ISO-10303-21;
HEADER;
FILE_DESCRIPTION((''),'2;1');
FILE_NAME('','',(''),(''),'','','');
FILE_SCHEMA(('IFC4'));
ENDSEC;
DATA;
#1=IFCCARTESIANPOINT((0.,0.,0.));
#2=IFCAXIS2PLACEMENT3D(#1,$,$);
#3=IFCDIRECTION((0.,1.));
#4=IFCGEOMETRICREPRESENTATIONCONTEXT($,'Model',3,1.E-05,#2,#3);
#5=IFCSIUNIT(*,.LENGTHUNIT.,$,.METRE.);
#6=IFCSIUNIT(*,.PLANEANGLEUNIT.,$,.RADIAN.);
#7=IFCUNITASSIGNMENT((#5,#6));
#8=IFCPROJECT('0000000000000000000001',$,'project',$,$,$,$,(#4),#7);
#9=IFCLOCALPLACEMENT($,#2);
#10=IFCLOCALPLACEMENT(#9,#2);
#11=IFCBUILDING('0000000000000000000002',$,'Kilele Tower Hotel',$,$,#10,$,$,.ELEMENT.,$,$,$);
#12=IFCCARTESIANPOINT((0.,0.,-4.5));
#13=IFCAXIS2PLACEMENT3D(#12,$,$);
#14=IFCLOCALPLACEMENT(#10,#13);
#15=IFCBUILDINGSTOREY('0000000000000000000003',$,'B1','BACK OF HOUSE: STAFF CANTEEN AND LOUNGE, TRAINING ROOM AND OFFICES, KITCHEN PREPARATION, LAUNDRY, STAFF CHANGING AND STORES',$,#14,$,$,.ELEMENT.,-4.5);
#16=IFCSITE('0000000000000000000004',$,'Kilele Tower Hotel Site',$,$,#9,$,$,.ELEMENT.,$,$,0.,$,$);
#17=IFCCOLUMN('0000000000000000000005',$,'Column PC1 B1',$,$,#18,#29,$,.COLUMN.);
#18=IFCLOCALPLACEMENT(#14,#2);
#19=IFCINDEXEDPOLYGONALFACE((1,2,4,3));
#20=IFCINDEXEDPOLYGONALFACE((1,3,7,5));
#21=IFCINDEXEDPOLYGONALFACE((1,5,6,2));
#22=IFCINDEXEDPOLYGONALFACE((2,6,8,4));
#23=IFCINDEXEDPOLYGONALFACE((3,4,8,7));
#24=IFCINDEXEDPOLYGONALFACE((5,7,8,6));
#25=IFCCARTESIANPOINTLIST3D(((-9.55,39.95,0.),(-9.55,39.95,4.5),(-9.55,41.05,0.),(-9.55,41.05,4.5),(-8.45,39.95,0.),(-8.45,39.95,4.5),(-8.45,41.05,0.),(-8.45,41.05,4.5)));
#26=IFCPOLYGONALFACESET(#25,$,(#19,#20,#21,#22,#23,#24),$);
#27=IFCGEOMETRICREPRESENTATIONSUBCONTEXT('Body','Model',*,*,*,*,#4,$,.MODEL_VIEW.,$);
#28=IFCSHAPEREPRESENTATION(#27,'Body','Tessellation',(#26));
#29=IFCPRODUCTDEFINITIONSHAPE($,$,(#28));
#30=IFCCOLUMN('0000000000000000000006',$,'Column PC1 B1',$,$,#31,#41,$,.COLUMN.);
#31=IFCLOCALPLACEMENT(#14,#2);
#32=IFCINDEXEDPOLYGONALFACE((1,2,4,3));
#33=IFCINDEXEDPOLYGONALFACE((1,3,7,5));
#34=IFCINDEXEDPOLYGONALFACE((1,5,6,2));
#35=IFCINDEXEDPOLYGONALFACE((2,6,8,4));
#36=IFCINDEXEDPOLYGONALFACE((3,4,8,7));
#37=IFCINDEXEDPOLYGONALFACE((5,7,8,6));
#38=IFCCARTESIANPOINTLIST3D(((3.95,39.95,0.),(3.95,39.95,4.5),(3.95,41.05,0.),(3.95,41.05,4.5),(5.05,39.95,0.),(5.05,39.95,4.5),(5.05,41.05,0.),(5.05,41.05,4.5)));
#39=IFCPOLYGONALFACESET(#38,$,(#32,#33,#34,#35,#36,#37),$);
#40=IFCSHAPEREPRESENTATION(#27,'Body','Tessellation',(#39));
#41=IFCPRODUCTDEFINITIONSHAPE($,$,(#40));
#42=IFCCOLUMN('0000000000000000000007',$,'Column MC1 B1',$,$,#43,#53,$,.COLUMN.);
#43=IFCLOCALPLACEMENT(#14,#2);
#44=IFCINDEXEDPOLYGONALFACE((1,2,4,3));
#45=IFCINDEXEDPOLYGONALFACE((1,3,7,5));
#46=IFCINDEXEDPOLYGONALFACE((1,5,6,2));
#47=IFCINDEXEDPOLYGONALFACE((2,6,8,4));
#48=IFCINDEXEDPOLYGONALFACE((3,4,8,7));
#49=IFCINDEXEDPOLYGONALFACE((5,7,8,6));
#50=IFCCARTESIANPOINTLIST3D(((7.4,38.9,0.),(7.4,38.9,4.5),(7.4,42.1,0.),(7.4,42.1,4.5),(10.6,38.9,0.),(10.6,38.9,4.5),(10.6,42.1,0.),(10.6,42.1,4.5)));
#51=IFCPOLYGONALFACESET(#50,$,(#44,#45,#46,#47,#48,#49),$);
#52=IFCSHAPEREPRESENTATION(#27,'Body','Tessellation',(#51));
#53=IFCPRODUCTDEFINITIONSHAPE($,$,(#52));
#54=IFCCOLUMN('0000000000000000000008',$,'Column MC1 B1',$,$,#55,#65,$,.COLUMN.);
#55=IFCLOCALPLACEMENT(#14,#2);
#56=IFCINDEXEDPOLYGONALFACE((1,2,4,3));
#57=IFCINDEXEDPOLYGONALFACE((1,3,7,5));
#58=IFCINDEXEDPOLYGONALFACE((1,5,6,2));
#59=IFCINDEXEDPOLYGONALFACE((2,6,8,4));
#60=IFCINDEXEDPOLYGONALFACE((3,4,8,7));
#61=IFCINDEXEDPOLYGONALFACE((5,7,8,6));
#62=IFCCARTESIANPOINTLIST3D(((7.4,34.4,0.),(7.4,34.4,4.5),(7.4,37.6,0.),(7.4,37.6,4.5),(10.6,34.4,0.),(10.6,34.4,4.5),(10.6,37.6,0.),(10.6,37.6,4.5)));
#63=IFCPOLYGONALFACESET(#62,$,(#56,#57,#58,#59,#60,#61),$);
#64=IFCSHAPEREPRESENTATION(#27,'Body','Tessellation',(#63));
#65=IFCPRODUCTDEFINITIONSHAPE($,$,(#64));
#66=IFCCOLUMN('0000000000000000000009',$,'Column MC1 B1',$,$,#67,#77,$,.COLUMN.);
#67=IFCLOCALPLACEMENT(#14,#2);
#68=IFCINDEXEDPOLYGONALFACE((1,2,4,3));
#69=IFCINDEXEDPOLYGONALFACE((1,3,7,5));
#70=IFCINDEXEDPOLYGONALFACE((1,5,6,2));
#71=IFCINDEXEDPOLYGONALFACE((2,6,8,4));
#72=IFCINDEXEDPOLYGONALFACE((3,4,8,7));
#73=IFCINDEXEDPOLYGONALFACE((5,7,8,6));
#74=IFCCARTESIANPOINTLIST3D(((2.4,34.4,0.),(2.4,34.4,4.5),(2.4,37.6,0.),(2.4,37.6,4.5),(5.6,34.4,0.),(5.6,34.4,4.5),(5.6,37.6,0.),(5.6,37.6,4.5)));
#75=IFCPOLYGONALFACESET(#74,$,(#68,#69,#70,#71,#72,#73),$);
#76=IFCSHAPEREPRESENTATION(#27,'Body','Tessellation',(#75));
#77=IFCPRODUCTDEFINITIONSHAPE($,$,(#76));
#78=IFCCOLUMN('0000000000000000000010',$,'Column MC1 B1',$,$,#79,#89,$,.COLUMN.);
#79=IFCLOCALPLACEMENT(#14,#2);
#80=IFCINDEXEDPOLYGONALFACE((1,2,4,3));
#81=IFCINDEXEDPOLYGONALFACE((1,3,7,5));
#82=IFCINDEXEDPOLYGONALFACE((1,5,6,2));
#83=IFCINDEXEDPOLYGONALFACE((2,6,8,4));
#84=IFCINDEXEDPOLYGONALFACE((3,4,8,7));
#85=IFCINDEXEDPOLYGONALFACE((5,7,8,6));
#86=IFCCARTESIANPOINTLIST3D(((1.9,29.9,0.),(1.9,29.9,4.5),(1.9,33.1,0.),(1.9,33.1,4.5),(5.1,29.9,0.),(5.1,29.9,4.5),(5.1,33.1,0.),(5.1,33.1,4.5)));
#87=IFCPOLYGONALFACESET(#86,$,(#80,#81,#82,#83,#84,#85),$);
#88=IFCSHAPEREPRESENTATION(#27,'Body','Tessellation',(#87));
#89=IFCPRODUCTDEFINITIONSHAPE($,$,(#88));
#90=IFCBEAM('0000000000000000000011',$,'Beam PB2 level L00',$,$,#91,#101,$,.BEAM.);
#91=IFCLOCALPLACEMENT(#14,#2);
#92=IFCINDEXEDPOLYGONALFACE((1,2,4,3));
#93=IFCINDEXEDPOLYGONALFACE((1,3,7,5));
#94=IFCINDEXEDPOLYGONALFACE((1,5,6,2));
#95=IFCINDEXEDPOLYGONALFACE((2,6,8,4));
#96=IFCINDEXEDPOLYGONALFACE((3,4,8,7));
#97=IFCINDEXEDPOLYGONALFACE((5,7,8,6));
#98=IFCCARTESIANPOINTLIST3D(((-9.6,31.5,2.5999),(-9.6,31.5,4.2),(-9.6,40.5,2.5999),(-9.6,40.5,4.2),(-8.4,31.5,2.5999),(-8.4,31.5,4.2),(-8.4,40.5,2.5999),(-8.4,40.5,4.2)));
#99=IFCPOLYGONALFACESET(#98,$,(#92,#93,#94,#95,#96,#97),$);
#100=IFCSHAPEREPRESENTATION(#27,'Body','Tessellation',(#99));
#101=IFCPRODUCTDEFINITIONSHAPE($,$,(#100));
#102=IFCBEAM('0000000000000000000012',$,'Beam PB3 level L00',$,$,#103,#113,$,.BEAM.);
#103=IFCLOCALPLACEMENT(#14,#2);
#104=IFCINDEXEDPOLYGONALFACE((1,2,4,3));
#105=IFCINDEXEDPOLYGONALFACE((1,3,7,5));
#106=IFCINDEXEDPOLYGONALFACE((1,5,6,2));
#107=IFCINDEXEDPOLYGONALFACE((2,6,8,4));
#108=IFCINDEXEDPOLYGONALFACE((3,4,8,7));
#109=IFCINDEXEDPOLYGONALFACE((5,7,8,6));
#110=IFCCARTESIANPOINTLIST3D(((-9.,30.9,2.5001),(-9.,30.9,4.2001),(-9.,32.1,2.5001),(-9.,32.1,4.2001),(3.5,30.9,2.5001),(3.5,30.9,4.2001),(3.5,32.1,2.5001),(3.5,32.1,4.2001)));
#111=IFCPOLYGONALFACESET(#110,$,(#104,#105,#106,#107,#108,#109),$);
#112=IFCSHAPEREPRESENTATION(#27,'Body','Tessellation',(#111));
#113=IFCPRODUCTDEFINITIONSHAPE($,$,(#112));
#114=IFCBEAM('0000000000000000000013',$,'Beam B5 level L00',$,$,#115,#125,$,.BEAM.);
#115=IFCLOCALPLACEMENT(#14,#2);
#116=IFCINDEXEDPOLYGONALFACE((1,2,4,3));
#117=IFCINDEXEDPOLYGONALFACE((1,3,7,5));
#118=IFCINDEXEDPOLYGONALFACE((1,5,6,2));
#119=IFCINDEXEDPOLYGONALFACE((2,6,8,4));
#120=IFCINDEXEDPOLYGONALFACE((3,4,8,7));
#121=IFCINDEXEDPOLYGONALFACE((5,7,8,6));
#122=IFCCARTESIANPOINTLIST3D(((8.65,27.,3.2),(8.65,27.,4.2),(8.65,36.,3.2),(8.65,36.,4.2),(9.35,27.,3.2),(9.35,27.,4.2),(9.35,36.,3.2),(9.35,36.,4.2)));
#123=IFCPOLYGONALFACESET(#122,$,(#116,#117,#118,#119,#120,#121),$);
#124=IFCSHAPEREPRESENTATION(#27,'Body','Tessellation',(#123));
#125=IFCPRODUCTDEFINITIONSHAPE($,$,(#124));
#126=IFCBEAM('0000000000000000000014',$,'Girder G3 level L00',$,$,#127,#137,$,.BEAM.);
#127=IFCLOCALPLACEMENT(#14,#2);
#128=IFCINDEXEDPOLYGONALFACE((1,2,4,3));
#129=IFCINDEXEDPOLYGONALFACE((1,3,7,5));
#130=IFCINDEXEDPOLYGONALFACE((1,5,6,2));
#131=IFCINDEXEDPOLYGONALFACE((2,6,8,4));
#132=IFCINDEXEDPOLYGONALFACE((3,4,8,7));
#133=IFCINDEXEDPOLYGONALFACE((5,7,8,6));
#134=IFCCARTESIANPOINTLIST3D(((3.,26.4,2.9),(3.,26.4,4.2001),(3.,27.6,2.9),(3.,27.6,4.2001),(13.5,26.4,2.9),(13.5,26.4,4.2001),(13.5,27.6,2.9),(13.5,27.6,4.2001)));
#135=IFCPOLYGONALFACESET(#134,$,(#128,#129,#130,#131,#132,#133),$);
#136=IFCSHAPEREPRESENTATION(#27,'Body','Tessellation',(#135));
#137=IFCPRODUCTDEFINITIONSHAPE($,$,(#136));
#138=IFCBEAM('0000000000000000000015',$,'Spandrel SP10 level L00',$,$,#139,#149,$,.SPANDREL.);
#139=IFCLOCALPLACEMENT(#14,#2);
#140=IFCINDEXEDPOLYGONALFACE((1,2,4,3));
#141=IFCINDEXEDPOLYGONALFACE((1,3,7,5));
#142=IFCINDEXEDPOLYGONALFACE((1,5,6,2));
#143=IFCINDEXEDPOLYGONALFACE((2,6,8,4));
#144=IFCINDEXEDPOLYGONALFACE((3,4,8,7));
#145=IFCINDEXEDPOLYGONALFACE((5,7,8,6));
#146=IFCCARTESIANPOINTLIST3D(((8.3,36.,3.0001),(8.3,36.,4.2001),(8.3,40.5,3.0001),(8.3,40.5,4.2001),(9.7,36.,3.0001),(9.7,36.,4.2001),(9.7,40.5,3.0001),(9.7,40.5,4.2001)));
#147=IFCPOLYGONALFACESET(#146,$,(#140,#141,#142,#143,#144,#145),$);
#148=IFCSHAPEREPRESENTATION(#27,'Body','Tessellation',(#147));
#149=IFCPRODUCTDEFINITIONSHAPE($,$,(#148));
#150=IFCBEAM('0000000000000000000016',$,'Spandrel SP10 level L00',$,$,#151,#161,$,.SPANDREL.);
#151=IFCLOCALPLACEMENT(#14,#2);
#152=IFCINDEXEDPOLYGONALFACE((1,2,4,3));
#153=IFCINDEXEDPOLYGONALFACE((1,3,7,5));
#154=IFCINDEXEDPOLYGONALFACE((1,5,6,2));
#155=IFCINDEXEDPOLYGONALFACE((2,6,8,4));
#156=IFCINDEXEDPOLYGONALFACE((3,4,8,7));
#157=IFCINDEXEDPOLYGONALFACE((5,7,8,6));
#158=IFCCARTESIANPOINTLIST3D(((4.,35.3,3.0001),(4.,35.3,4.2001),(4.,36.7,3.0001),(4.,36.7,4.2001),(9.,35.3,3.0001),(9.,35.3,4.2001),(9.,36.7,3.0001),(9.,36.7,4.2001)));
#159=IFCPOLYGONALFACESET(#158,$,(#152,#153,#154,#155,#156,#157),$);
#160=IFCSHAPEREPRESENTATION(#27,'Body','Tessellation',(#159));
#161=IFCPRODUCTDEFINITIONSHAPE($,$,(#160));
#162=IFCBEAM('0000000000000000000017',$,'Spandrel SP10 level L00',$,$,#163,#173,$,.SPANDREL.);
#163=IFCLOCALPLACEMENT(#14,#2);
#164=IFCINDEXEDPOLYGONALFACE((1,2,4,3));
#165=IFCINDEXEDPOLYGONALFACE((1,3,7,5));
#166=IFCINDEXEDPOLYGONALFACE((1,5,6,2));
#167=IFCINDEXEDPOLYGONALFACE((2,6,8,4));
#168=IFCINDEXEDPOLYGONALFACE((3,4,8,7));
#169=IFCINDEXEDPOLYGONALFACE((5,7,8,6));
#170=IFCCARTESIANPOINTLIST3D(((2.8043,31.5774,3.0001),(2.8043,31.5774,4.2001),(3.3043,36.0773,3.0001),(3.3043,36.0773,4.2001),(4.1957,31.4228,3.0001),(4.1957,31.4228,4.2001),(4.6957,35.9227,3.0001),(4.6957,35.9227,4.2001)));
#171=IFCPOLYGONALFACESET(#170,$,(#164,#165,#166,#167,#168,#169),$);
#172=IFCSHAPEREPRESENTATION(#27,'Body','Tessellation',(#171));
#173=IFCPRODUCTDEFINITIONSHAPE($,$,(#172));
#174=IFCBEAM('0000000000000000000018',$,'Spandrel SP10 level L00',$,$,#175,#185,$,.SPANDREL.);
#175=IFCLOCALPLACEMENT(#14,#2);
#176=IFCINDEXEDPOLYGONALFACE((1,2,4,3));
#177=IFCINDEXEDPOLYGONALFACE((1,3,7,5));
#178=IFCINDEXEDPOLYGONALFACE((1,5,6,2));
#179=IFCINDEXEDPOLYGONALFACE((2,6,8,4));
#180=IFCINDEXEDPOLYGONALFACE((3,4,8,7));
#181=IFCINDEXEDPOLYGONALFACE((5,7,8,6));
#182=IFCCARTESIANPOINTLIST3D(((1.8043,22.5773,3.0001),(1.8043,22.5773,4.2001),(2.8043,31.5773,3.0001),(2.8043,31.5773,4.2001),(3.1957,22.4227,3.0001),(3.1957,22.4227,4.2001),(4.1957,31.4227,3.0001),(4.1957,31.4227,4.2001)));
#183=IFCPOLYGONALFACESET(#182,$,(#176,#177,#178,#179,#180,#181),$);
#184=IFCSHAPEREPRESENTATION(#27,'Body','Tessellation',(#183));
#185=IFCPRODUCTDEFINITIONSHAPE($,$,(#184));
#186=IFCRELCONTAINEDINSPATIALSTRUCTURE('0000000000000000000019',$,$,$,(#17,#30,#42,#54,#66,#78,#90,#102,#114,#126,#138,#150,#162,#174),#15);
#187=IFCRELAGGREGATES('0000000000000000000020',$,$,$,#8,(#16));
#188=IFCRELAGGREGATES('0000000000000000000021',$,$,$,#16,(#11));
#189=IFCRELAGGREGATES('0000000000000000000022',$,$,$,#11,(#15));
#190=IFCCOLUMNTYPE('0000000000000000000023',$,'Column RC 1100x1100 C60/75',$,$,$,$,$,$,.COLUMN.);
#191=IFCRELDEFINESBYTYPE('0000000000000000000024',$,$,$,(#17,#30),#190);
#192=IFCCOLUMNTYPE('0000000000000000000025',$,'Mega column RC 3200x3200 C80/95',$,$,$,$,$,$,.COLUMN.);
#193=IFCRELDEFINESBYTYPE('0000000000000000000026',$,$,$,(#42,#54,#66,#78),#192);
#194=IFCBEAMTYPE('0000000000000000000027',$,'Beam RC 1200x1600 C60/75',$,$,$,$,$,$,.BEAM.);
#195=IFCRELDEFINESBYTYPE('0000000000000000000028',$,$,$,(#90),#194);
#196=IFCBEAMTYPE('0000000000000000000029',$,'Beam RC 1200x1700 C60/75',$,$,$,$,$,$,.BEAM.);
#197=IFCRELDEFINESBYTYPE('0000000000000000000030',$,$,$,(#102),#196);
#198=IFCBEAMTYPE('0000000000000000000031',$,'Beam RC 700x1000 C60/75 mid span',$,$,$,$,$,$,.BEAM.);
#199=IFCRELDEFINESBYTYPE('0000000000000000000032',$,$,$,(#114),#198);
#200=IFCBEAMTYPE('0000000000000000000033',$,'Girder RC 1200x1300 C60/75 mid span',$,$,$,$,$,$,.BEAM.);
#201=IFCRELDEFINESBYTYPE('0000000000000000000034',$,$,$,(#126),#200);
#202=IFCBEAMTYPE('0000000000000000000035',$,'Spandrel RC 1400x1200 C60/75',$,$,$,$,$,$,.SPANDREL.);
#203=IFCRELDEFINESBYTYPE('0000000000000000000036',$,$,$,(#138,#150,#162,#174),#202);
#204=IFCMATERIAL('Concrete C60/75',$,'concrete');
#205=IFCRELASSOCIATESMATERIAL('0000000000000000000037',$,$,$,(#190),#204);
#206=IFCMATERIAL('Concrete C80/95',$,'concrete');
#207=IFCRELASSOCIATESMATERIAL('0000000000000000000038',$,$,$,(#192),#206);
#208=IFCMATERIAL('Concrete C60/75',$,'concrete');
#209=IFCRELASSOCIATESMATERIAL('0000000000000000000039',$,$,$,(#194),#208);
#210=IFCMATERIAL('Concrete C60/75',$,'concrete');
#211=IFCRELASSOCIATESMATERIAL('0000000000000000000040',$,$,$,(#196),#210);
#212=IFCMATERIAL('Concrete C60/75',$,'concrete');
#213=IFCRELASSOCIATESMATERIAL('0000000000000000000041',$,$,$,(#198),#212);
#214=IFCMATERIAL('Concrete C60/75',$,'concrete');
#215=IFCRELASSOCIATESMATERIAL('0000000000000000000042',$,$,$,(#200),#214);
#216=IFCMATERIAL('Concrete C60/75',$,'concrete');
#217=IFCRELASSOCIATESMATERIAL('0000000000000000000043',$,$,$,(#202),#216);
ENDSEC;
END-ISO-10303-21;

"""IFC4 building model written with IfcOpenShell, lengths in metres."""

from ifc_helpers import new_model, si_unit, direction, frame, origin, origin_2d, place, context, subcontext, project, spatial, rectangle, extrude, material, material_profile, profile_set, type_object, element, save


model = new_model("IFC4")

# Units and contexts
model_context = context("Model", 3, precision=1e-05, world=origin(), true_north=direction((0.0, 1.0)))
body_context = subcontext(model_context, "Body", "Model", "MODEL_VIEW")
ifc_project = project(units=[si_unit("LENGTHUNIT", "METRE"), si_unit("PLANEANGLEUNIT", "RADIAN")], contexts=[model_context])

# Site, building, storey
site_placement = place(None, origin())
site = spatial("IfcSite", under=ifc_project, at=site_placement, Name="Kilele Tower Hotel Site", CompositionType="ELEMENT", RefElevation=0.0)
building_placement = place(site_placement, origin())
building = spatial("IfcBuilding", under=site, at=building_placement, Name="Kilele Tower Hotel", CompositionType="ELEMENT")
storey_placement = place(building_placement, frame((0.0, 0.0, -4.5)))
storey = spatial("IfcBuildingStorey", under=building, at=storey_placement, Name="B1", Description="BACK OF HOUSE: STAFF CANTEEN AND LOUNGE, TRAINING ROOM AND OFFICES, KITCHEN PREPARATION, LAUNDRY, STAFF CHANGING AND STORES", CompositionType="ELEMENT", Elevation=-4.5)

# Columns
ifc_material_1 = material(Name="Concrete C60/75", Category="concrete")
ifc_material_profile_1 = material_profile(ifc_material_1, rectangle(XDim=1.1001, YDim=1.1001, at=origin_2d()))
ifc_profile_set_1 = profile_set([ifc_material_profile_1], Name="Concrete C60/75")
column_type_1 = type_object("IfcColumnType", Name="Column RC 1100x1100 C60/75", PredefinedType="COLUMN", material=ifc_profile_set_1)
for number, where, z_axis, x_axis, name in (
    (1, (-9.0, 40.5, 0.0), (0.0, 0.0, 1.0), (1.0, 0.0, 0.0), "Column PC1 B1"),
    (2, (4.5, 40.5, 0.0), (0.0, 0.0, 1.0), (1.0, 0.0, 0.0), "Column PC1 B1"),
):
    element("IfcColumn", number, at=place(storey_placement, frame(where, z_axis=z_axis, x_axis=x_axis)), inside=storey, type_object=column_type_1, Name=name, PredefinedType="COLUMN", context=body_context, shape_type="SweptSolid", body=[
        extrude(rectangle(XDim=1.1001, YDim=1.1001, at=origin_2d()), origin(), (0.0, 0.0, 1.0), 4.5),
    ])
ifc_material_2 = material(Name="Concrete C80/95", Category="concrete")
ifc_material_profile_2 = material_profile(ifc_material_2, rectangle(XDim=3.2, YDim=3.2, at=origin_2d()))
ifc_profile_set_2 = profile_set([ifc_material_profile_2], Name="Concrete C80/95")
column_type_2 = type_object("IfcColumnType", Name="Mega column RC 3200x3200 C80/95", PredefinedType="COLUMN", material=ifc_profile_set_2)
for number, where, z_axis, x_axis, name in (
    (3, (9.0, 40.5, 0.0), (0.0, 0.0, 1.0), (1.0, 0.0, 0.0), "Column MC1 B1"),
    (4, (9.0, 36.0, 0.0), (0.0, 0.0, 1.0), (1.0, 0.0, 0.0), "Column MC1 B1"),
    (5, (4.0, 36.0, 0.0), (0.0, 0.0, 1.0), (1.0, 0.0, 0.0), "Column MC1 B1"),
    (6, (3.5, 31.5, 0.0), (0.0, 0.0, 1.0), (1.0, 0.0, 0.0), "Column MC1 B1"),
):
    element("IfcColumn", number, at=place(storey_placement, frame(where, z_axis=z_axis, x_axis=x_axis)), inside=storey, type_object=column_type_2, Name=name, PredefinedType="COLUMN", context=body_context, shape_type="SweptSolid", body=[
        extrude(rectangle(XDim=3.2, YDim=3.2, at=origin_2d()), origin(), (0.0, 0.0, 1.0), 4.5),
    ])

# Beams
ifc_material_3 = material(Name="Concrete C60/75", Category="concrete")
ifc_material_profile_3 = material_profile(ifc_material_3, rectangle(XDim=1.2, YDim=1.6001, at=origin_2d()))
ifc_profile_set_3 = profile_set([ifc_material_profile_3], Name="Concrete C60/75")
beam_type_1 = type_object("IfcBeamType", Name="Beam RC 1200x1600 C60/75", PredefinedType="BEAM", material=ifc_profile_set_3)
beam_1_placement = place(storey_placement, frame((-9.0, 31.5, 3.3999), z_axis=(0.0, 1.0, 0.0), x_axis=(-1.0, 0.0, 0.0)))
element("IfcBeam", 7, at=beam_1_placement, inside=storey, type_object=beam_type_1, Name="Beam PB2 level L00", PredefinedType="BEAM", context=body_context, shape_type="SweptSolid", body=[
    extrude(rectangle(XDim=1.2, YDim=1.6001, at=origin_2d()), origin(), (0.0, 0.0, 1.0), 9.0),
])
ifc_material_4 = material(Name="Concrete C60/75", Category="concrete")
ifc_material_profile_4 = material_profile(ifc_material_4, rectangle(XDim=1.2, YDim=1.7, at=origin_2d()))
ifc_profile_set_4 = profile_set([ifc_material_profile_4], Name="Concrete C60/75")
beam_type_2 = type_object("IfcBeamType", Name="Beam RC 1200x1700 C60/75", PredefinedType="BEAM", material=ifc_profile_set_4)
beam_2_placement = place(storey_placement, frame((-9.0, 31.5, 3.3501), z_axis=(1.0, 0.0, 0.0), x_axis=(0.0, 1.0, 0.0)))
element("IfcBeam", 8, at=beam_2_placement, inside=storey, type_object=beam_type_2, Name="Beam PB3 level L00", PredefinedType="BEAM", context=body_context, shape_type="SweptSolid", body=[
    extrude(rectangle(XDim=1.2, YDim=1.7, at=origin_2d()), origin(), (0.0, 0.0, 1.0), 12.5),
])
ifc_material_5 = material(Name="Concrete C60/75", Category="concrete")
ifc_material_profile_5 = material_profile(ifc_material_5, rectangle(XDim=0.7, YDim=1.0, at=origin_2d()))
ifc_profile_set_5 = profile_set([ifc_material_profile_5], Name="Concrete C60/75")
beam_type_3 = type_object("IfcBeamType", Name="Beam RC 700x1000 C60/75 mid span", PredefinedType="BEAM", material=ifc_profile_set_5)
beam_3_placement = place(storey_placement, frame((9.0, 36.0, 3.7), z_axis=(0.0, -1.0, 0.0), x_axis=(1.0, 0.0, 0.0)))
element("IfcBeam", 9, at=beam_3_placement, inside=storey, type_object=beam_type_3, Name="Beam B5 level L00", PredefinedType="BEAM", context=body_context, shape_type="SweptSolid", body=[
    extrude(rectangle(XDim=0.7, YDim=1.0, at=origin_2d()), origin(), (0.0, 0.0, 1.0), 9.0),
])
ifc_material_6 = material(Name="Concrete C60/75", Category="concrete")
ifc_material_profile_6 = material_profile(ifc_material_6, rectangle(XDim=1.2, YDim=1.3, at=origin_2d()))
ifc_profile_set_6 = profile_set([ifc_material_profile_6], Name="Concrete C60/75")
beam_type_4 = type_object("IfcBeamType", Name="Girder RC 1200x1300 C60/75 mid span", PredefinedType="BEAM", material=ifc_profile_set_6)
beam_4_placement = place(storey_placement, frame((3.0, 27.0, 3.55), z_axis=(1.0, 0.0, 0.0), x_axis=(0.0, 1.0, 0.0)))
element("IfcBeam", 10, at=beam_4_placement, inside=storey, type_object=beam_type_4, Name="Girder G3 level L00", PredefinedType="BEAM", context=body_context, shape_type="SweptSolid", body=[
    extrude(rectangle(XDim=1.2, YDim=1.3, at=origin_2d()), origin(), (0.0, 0.0, 1.0), 10.5),
])
ifc_material_7 = material(Name="Concrete C60/75", Category="concrete")
ifc_material_profile_7 = material_profile(ifc_material_7, rectangle(XDim=1.3999, YDim=1.2, at=origin_2d()))
ifc_profile_set_7 = profile_set([ifc_material_profile_7], Name="Concrete C60/75")
beam_type_5 = type_object("IfcBeamType", Name="Spandrel RC 1400x1200 C60/75", PredefinedType="SPANDREL", material=ifc_profile_set_7)
beam_5_placement = place(storey_placement, frame((9.0, 40.5, 3.6001), z_axis=(0.0, -1.0, 0.0), x_axis=(1.0, 0.0, 0.0)))
element("IfcBeam", 11, at=beam_5_placement, inside=storey, type_object=beam_type_5, Name="Spandrel SP10 level L00", PredefinedType="SPANDREL", context=body_context, shape_type="SweptSolid", body=[
    extrude(rectangle(XDim=1.3999, YDim=1.2, at=origin_2d()), origin(), (0.0, 0.0, 1.0), 4.5),
])
beam_6_placement = place(storey_placement, frame((9.0, 36.0, 3.6001), z_axis=(-1.0, 0.0, 0.0), x_axis=(0.0, -1.0, 0.0)))
element("IfcBeam", 12, at=beam_6_placement, inside=storey, type_object=beam_type_5, Name="Spandrel SP10 level L00", PredefinedType="SPANDREL", context=body_context, shape_type="SweptSolid", body=[
    extrude(rectangle(XDim=1.3999, YDim=1.2, at=origin_2d()), origin(), (0.0, 0.0, 1.0), 5.0),
])
beam_7_placement = place(storey_placement, frame((4.0, 36.0, 3.6001), z_axis=(-0.110432, -0.993884, 0.0), x_axis=(0.993884, -0.110432, 0.0)))
element("IfcBeam", 13, at=beam_7_placement, inside=storey, type_object=beam_type_5, Name="Spandrel SP10 level L00", PredefinedType="SPANDREL", context=body_context, shape_type="SweptSolid", body=[
    extrude(rectangle(XDim=1.3999, YDim=1.2, at=origin_2d()), origin(), (0.0, 0.0, 1.0), 4.5276),
])
beam_8_placement = place(storey_placement, frame((3.5, 31.5, 3.6001), z_axis=(-0.110432, -0.993884, 0.0), x_axis=(0.993884, -0.110432, 0.0)))
element("IfcBeam", 14, at=beam_8_placement, inside=storey, type_object=beam_type_5, Name="Spandrel SP10 level L00", PredefinedType="SPANDREL", context=body_context, shape_type="SweptSolid", body=[
    extrude(rectangle(XDim=1.3999, YDim=1.2, at=origin_2d()), origin(), (0.0, 0.0, 1.0), 9.0554),
])

save(model, "model.ifc")
